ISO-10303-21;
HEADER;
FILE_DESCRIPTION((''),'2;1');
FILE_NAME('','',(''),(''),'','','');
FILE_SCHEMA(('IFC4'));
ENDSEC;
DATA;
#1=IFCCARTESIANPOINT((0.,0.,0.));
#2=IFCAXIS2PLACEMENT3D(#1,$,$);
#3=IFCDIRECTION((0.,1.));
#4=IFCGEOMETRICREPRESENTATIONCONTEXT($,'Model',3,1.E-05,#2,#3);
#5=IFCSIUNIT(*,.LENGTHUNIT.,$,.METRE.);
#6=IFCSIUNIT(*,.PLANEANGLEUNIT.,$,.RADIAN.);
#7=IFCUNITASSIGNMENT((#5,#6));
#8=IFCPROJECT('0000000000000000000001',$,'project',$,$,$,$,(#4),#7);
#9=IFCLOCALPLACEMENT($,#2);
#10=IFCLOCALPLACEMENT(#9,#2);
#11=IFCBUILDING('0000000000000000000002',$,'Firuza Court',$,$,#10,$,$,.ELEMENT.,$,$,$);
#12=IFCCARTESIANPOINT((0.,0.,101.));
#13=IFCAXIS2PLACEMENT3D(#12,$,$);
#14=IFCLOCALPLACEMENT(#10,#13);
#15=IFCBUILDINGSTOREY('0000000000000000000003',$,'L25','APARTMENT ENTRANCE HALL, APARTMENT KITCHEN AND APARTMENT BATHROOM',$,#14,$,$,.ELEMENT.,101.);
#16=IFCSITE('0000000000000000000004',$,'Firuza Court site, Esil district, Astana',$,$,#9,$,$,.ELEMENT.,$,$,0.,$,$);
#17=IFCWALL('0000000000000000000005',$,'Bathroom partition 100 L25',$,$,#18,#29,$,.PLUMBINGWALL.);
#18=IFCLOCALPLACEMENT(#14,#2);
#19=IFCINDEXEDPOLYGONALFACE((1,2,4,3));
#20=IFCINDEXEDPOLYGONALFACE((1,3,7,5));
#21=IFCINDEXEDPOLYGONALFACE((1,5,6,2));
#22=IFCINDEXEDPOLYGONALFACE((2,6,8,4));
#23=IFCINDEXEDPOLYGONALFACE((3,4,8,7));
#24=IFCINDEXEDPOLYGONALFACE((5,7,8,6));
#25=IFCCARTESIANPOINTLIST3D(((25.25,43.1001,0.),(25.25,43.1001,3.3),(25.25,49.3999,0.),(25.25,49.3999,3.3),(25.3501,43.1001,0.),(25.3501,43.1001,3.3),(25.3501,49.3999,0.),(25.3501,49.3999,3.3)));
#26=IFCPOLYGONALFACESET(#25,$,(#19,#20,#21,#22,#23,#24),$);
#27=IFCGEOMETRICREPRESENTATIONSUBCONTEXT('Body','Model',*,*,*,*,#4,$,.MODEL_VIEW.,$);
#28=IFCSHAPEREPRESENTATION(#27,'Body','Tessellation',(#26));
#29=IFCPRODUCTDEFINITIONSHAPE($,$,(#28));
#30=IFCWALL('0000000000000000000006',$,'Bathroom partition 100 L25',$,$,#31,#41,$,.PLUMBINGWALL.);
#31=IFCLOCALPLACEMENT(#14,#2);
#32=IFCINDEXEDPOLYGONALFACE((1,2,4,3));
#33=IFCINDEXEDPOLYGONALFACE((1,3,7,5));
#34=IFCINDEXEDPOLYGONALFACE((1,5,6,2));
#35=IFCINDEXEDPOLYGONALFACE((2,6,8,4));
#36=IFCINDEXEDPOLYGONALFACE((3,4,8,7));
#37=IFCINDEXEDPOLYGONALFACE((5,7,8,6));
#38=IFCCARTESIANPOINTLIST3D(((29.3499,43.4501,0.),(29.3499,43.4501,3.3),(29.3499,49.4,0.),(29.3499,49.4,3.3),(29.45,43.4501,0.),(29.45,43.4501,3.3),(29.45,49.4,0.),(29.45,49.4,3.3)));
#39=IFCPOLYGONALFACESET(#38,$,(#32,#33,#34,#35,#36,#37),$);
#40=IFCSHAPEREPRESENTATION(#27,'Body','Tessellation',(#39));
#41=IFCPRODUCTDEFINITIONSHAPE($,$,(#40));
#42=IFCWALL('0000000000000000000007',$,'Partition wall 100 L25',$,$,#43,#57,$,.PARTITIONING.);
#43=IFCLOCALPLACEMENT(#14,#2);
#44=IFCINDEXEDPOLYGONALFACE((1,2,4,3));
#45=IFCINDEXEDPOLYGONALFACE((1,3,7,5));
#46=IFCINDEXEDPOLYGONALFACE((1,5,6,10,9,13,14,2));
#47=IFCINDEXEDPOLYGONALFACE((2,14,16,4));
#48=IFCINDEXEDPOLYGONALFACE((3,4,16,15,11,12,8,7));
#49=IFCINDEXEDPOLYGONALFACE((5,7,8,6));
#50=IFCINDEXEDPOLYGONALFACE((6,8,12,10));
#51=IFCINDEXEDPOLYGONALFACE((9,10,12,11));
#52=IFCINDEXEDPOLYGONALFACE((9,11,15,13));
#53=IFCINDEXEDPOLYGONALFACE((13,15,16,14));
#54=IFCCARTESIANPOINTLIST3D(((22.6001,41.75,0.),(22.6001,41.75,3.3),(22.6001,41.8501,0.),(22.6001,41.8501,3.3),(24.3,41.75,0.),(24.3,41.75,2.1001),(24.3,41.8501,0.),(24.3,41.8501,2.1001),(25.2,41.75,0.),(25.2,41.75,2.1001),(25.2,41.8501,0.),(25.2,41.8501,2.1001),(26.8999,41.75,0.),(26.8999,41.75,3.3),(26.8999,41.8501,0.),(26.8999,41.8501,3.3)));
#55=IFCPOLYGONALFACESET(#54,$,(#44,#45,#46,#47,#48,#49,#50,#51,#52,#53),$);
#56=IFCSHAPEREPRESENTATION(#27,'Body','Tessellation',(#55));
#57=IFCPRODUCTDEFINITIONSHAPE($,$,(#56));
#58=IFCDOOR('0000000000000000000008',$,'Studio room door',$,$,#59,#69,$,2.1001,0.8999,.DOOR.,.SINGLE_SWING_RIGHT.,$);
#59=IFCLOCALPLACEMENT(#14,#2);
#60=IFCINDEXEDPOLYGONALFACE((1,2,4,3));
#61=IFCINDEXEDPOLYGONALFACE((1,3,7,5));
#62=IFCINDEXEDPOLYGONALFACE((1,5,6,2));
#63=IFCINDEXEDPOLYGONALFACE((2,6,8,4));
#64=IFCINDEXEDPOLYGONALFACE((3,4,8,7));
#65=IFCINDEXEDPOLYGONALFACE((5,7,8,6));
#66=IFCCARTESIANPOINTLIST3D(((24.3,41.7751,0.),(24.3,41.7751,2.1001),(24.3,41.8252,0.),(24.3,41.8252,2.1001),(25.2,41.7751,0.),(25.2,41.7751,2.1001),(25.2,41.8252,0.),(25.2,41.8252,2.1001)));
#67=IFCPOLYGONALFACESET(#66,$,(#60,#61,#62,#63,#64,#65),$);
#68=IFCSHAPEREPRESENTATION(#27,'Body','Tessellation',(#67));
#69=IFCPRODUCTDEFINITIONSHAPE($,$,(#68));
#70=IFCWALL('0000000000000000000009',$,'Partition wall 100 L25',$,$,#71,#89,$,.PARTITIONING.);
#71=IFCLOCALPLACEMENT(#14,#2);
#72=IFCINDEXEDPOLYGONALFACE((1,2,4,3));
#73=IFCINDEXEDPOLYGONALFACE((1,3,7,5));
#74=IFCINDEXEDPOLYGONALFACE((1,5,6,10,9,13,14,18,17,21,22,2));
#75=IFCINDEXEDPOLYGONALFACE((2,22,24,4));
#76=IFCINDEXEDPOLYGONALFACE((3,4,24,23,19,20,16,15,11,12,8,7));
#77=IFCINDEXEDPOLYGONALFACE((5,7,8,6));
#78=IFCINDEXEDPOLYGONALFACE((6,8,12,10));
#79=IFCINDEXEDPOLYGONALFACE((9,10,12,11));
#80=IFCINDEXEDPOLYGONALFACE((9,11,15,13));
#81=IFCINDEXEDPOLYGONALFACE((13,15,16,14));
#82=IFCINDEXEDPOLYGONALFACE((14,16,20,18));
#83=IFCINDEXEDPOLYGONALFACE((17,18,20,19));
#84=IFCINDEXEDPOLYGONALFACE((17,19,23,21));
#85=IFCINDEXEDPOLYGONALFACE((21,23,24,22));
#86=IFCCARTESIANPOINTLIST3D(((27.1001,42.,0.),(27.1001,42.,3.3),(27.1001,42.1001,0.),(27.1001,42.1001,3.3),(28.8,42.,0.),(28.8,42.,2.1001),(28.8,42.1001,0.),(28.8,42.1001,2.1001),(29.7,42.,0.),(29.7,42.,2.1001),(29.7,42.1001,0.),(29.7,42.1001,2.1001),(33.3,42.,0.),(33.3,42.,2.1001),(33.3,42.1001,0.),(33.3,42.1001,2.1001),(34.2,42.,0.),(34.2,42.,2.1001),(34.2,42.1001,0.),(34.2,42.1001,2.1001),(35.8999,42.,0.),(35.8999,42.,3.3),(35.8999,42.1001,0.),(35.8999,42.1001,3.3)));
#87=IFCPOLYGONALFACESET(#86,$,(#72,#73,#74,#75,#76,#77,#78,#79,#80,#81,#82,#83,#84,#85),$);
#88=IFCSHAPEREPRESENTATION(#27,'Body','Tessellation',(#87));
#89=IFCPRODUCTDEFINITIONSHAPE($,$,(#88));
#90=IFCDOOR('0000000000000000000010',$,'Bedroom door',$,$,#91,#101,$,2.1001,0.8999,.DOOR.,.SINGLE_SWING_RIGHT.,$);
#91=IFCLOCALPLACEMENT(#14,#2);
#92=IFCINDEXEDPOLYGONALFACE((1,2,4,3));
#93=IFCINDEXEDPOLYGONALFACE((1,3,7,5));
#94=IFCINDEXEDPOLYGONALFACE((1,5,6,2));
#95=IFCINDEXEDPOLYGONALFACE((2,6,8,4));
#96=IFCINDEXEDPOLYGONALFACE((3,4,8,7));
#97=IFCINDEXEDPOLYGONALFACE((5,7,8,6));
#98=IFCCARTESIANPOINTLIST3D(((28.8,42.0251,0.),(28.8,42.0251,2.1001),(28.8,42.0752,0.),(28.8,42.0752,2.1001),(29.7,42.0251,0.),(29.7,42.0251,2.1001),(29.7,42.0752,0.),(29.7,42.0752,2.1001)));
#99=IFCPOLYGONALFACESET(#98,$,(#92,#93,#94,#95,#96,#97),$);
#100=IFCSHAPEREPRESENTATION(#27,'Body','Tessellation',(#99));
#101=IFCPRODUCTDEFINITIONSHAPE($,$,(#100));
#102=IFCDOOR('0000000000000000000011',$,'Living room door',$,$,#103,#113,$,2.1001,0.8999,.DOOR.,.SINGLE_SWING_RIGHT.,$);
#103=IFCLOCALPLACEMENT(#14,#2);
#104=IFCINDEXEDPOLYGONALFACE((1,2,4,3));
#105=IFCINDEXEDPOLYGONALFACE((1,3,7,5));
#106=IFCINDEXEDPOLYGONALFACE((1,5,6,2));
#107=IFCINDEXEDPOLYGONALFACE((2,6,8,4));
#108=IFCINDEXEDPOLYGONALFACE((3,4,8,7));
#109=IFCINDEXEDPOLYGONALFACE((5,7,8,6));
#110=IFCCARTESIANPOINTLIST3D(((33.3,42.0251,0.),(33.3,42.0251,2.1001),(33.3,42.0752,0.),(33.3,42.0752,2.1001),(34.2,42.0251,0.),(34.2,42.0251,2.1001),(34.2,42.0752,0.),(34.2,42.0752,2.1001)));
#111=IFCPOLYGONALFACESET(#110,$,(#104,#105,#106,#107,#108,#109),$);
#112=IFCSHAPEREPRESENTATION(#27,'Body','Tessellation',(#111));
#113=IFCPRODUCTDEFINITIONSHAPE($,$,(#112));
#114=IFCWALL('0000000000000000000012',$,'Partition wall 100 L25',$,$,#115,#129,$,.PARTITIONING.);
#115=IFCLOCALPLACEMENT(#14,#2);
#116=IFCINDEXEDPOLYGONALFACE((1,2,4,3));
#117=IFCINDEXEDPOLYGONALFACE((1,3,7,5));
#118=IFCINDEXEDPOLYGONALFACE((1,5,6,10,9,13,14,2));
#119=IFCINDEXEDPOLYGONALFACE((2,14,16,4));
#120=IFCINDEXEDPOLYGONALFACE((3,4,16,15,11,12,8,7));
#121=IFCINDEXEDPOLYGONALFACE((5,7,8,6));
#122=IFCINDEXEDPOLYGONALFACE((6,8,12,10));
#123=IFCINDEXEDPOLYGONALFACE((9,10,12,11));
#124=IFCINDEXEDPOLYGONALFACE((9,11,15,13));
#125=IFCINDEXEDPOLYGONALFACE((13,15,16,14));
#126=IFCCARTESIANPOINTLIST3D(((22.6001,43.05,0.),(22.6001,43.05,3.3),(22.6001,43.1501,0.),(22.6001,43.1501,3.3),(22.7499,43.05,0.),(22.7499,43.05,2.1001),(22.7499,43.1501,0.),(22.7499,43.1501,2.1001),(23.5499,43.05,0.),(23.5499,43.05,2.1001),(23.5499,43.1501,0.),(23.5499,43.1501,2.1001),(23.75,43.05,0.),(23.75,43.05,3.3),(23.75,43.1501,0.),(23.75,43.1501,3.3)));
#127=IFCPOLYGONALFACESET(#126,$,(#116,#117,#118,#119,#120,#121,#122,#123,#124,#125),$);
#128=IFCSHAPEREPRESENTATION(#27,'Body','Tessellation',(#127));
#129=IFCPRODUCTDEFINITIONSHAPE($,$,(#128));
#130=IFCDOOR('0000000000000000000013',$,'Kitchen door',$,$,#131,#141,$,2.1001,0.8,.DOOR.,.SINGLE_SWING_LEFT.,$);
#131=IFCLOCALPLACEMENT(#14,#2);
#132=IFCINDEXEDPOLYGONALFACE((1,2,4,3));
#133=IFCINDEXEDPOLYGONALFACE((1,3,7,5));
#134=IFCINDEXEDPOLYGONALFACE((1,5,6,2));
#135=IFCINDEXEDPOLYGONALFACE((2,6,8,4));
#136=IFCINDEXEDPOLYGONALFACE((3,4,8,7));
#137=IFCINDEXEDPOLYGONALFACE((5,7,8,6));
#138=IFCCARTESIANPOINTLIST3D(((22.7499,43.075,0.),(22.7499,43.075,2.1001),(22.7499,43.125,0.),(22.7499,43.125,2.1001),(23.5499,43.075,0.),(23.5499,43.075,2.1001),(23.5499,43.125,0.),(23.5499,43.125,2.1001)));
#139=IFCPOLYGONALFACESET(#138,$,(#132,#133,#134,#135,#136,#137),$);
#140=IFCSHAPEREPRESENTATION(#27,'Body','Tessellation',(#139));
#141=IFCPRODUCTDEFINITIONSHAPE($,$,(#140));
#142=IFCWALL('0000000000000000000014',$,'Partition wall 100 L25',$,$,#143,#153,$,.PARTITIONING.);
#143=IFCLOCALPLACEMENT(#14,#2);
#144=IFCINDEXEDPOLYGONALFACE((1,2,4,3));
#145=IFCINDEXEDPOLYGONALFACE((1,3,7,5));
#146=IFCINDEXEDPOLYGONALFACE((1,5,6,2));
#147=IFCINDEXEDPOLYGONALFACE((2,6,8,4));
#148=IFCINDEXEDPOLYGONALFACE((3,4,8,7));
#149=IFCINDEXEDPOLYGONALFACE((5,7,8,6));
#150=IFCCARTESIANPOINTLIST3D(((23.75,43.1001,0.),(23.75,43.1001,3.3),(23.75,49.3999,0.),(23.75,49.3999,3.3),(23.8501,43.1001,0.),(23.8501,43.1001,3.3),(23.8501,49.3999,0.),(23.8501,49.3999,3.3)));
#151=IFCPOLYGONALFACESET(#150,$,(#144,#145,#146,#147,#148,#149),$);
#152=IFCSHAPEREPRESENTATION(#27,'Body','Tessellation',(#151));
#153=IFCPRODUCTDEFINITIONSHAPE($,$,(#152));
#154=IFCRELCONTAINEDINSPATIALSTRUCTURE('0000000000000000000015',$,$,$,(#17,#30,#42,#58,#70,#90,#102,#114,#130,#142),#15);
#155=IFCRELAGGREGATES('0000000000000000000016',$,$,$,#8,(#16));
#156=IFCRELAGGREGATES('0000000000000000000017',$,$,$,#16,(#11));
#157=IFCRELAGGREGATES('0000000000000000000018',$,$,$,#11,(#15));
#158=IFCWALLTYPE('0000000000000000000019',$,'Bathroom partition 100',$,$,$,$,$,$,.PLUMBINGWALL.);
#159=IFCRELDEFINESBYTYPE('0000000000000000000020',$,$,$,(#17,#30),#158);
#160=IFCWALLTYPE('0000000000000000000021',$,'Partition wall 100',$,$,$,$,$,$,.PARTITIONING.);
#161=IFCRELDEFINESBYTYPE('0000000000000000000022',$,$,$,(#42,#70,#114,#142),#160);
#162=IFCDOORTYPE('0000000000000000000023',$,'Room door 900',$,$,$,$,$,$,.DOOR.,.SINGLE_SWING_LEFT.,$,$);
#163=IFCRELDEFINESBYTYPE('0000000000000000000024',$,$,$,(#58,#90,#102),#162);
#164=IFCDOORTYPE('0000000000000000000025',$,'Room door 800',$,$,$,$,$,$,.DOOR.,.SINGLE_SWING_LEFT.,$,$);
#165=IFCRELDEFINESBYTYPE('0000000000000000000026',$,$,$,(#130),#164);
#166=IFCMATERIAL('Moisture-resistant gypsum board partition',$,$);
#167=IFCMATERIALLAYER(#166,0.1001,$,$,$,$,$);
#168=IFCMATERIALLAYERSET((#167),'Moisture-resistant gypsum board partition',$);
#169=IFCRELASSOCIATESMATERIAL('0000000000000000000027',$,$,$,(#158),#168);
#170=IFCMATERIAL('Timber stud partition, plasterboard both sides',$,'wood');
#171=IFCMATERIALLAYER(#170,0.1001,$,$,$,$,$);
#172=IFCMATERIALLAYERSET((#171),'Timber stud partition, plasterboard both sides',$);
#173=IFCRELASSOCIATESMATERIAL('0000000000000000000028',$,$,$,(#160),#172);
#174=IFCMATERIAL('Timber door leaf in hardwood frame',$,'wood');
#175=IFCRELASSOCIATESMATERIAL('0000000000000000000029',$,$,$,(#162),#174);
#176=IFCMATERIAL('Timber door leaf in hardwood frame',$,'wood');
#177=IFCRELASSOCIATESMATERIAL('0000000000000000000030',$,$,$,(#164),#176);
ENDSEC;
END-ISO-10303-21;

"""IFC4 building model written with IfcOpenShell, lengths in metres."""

from ifc_helpers import new_model, si_unit, direction, frame, frame_2d, origin, place, context, subcontext, project, spatial, rectangle, extrude, material, layer, layer_set, type_object, element, fill, save


model = new_model("IFC4")

# Units and contexts
model_context = context("Model", 3, precision=1e-05, world=origin(), true_north=direction((0.0, 1.0)))
body_context = subcontext(model_context, "Body", "Model", "MODEL_VIEW")
ifc_project = project(units=[si_unit("LENGTHUNIT", "METRE"), si_unit("PLANEANGLEUNIT", "RADIAN")], contexts=[model_context])

# Site, building, storey
site_placement = place(None, origin())
site = spatial("IfcSite", under=ifc_project, at=site_placement, Name="Firuza Court site, Esil district, Astana", CompositionType="ELEMENT", RefElevation=0.0)
building_placement = place(site_placement, origin())
building = spatial("IfcBuilding", under=site, at=building_placement, Name="Firuza Court", CompositionType="ELEMENT")
storey_placement = place(building_placement, frame((0.0, 0.0, 101.0)))
storey = spatial("IfcBuildingStorey", under=building, at=storey_placement, Name="L25", Description="APARTMENT ENTRANCE HALL, APARTMENT KITCHEN AND APARTMENT BATHROOM", CompositionType="ELEMENT", Elevation=101.0)

# Walls
ifc_material_1 = material(Name="Moisture-resistant gypsum board partition")
ifc_layer_1 = layer(ifc_material_1, 0.1001)
ifc_layer_set_1 = layer_set([ifc_layer_1], Name="Moisture-resistant gypsum board partition")
wall_type_1 = type_object("IfcWallType", Name="Bathroom partition 100", PredefinedType="PLUMBINGWALL", material=ifc_layer_set_1)
wall_1_placement = place(storey_placement, frame((25.3, 43.1001, 0.0), z_axis=(0.0, 0.0, 1.0), x_axis=(0.0, 1.0, 0.0)))
element("IfcWall", 1, at=wall_1_placement, inside=storey, type_object=wall_type_1, Name="Bathroom partition 100 L25", PredefinedType="PLUMBINGWALL", context=body_context, shape_type="SweptSolid", body=[
    extrude(rectangle(XDim=6.2998, YDim=0.1001, at=frame_2d((3.1499, 0.0))), origin(), (0.0, 0.0, 1.0), 3.3),
])
wall_2_placement = place(storey_placement, frame((29.3999, 43.45, 0.0), z_axis=(0.0, 0.0, 1.0), x_axis=(0.0, 1.0, 0.0)))
element("IfcWall", 2, at=wall_2_placement, inside=storey, type_object=wall_type_1, Name="Bathroom partition 100 L25", PredefinedType="PLUMBINGWALL", context=body_context, shape_type="SweptSolid", body=[
    extrude(rectangle(XDim=5.95, YDim=0.1001, at=frame_2d((2.9751, 0.0))), origin(), (0.0, 0.0, 1.0), 3.3),
])

# Wall, opening, door
ifc_material_2 = material(Name="Timber stud partition, plasterboard both sides", Category="wood")
ifc_layer_2 = layer(ifc_material_2, 0.1001)
ifc_layer_set_2 = layer_set([ifc_layer_2], Name="Timber stud partition, plasterboard both sides")
wall_type_2 = type_object("IfcWallType", Name="Partition wall 100", PredefinedType="PARTITIONING", material=ifc_layer_set_2)
wall_3_placement = place(storey_placement, frame((22.6001, 41.8, 0.0), z_axis=(0.0, 0.0, 1.0), x_axis=(1.0, 0.0, 0.0)))
wall_3 = element("IfcWall", 3, at=wall_3_placement, inside=storey, type_object=wall_type_2, Name="Partition wall 100 L25", PredefinedType="PARTITIONING", context=body_context, shape_type="SweptSolid", body=[
    extrude(rectangle(XDim=4.2998, YDim=0.1001, at=frame_2d((2.1499, 0.0))), origin(), (0.0, 0.0, 1.0), 3.3),
])
opening_1_placement = place(wall_3_placement, frame((1.7, 0.0, 0.0)))
opening_1 = element("IfcOpeningElement", 4, at=opening_1_placement, cuts=wall_3, PredefinedType="OPENING", context=body_context, shape_type="SweptSolid", body=[
    extrude(rectangle(XDim=0.8999, YDim=2.1001, at=frame_2d((0.45, 1.05))), frame((0.0, 0.062, 0.0), z_axis=(0.0, -1.0, 0.0), x_axis=(1.0, 0.0, 0.0)), (0.0, 0.0, 1.0), 0.124),
])
ifc_material_3 = material(Name="Timber door leaf in hardwood frame", Category="wood")
door_type_1 = type_object("IfcDoorType", Name="Room door 900", OperationType="SINGLE_SWING_LEFT", PredefinedType="DOOR", material=ifc_material_3)
door_1_placement = place(opening_1_placement, frame((0.8999, 0.0, 0.0), z_axis=(0.0, 0.0, 1.0), x_axis=(-1.0, 0.0, 0.0)))
door_1 = element("IfcDoor", 5, at=door_1_placement, inside=storey, type_object=door_type_1, Name="Studio room door", OperationType="SINGLE_SWING_RIGHT", OverallHeight=2.1001, OverallWidth=0.8999, PredefinedType="DOOR", context=body_context, shape_type="SweptSolid", body=[
    extrude(rectangle(XDim=0.8999, YDim=2.1001, at=frame_2d((0.45, 1.05))), frame((0.0, 0.0249, 0.0), z_axis=(0.0, -1.0, 0.0), x_axis=(1.0, 0.0, 0.0)), (0.0, 0.0, 1.0), 0.05),
])
fill(opening_1, door_1)

# Wall, openings, doors
wall_4_placement = place(storey_placement, frame((27.1001, 42.05, 0.0), z_axis=(0.0, 0.0, 1.0), x_axis=(1.0, 0.0, 0.0)))
wall_4 = element("IfcWall", 6, at=wall_4_placement, inside=storey, type_object=wall_type_2, Name="Partition wall 100 L25", PredefinedType="PARTITIONING", context=body_context, shape_type="SweptSolid", body=[
    extrude(rectangle(XDim=8.7998, YDim=0.1001, at=frame_2d((4.3999, 0.0))), origin(), (0.0, 0.0, 1.0), 3.3),
])
opening_2_placement = place(wall_4_placement, frame((1.7, 0.0, 0.0)))
opening_2 = element("IfcOpeningElement", 7, at=opening_2_placement, cuts=wall_4, PredefinedType="OPENING", context=body_context, shape_type="SweptSolid", body=[
    extrude(rectangle(XDim=0.8999, YDim=2.1001, at=frame_2d((0.45, 1.05))), frame((0.0, 0.062, 0.0), z_axis=(0.0, -1.0, 0.0), x_axis=(1.0, 0.0, 0.0)), (0.0, 0.0, 1.0), 0.124),
])
opening_3_placement = place(wall_4_placement, frame((6.2, 0.0, 0.0)))
opening_3 = element("IfcOpeningElement", 8, at=opening_3_placement, cuts=wall_4, PredefinedType="OPENING", context=body_context, shape_type="SweptSolid", body=[
    extrude(rectangle(XDim=0.8999, YDim=2.1001, at=frame_2d((0.45, 1.05))), frame((0.0, 0.062, 0.0), z_axis=(0.0, -1.0, 0.0), x_axis=(1.0, 0.0, 0.0)), (0.0, 0.0, 1.0), 0.124),
])
door_2_placement = place(opening_2_placement, frame((0.8999, 0.0, 0.0), z_axis=(0.0, 0.0, 1.0), x_axis=(-1.0, 0.0, 0.0)))
door_2 = element("IfcDoor", 9, at=door_2_placement, inside=storey, type_object=door_type_1, Name="Bedroom door", OperationType="SINGLE_SWING_RIGHT", OverallHeight=2.1001, OverallWidth=0.8999, PredefinedType="DOOR", context=body_context, shape_type="SweptSolid", body=[
    extrude(rectangle(XDim=0.8999, YDim=2.1001, at=frame_2d((0.45, 1.05))), frame((0.0, 0.0249, 0.0), z_axis=(0.0, -1.0, 0.0), x_axis=(1.0, 0.0, 0.0)), (0.0, 0.0, 1.0), 0.05),
])
fill(opening_2, door_2)
door_3_placement = place(opening_3_placement, frame((0.8999, 0.0, 0.0), z_axis=(0.0, 0.0, 1.0), x_axis=(-1.0, 0.0, 0.0)))
door_3 = element("IfcDoor", 10, at=door_3_placement, inside=storey, type_object=door_type_1, Name="Living room door", OperationType="SINGLE_SWING_RIGHT", OverallHeight=2.1001, OverallWidth=0.8999, PredefinedType="DOOR", context=body_context, shape_type="SweptSolid", body=[
    extrude(rectangle(XDim=0.8999, YDim=2.1001, at=frame_2d((0.45, 1.05))), frame((0.0, 0.0249, 0.0), z_axis=(0.0, -1.0, 0.0), x_axis=(1.0, 0.0, 0.0)), (0.0, 0.0, 1.0), 0.05),
])
fill(opening_3, door_3)

# Wall, opening, door
wall_5_placement = place(storey_placement, frame((22.6001, 43.1001, 0.0), z_axis=(0.0, 0.0, 1.0), x_axis=(1.0, 0.0, 0.0)))
wall_5 = element("IfcWall", 11, at=wall_5_placement, inside=storey, type_object=wall_type_2, Name="Partition wall 100 L25", PredefinedType="PARTITIONING", context=body_context, shape_type="SweptSolid", body=[
    extrude(rectangle(XDim=1.1499, YDim=0.1001, at=frame_2d((0.575, 0.0))), origin(), (0.0, 0.0, 1.0), 3.3),
])
opening_4_placement = place(wall_5_placement, frame((0.1499, 0.0, 0.0)))
opening_4 = element("IfcOpeningElement", 12, at=opening_4_placement, cuts=wall_5, PredefinedType="OPENING", context=body_context, shape_type="SweptSolid", body=[
    extrude(rectangle(XDim=0.8, YDim=2.1001, at=frame_2d((0.3999, 1.05))), frame((0.0, 0.062, 0.0), z_axis=(0.0, -1.0, 0.0), x_axis=(1.0, 0.0, 0.0)), (0.0, 0.0, 1.0), 0.124),
])
ifc_material_4 = material(Name="Timber door leaf in hardwood frame", Category="wood")
door_type_2 = type_object("IfcDoorType", Name="Room door 800", OperationType="SINGLE_SWING_LEFT", PredefinedType="DOOR", material=ifc_material_4)
door_4_placement = place(opening_4_placement, origin())
door_4 = element("IfcDoor", 13, at=door_4_placement, inside=storey, type_object=door_type_2, Name="Kitchen door", OperationType="SINGLE_SWING_LEFT", OverallHeight=2.1001, OverallWidth=0.8, PredefinedType="DOOR", context=body_context, shape_type="SweptSolid", body=[
    extrude(rectangle(XDim=0.8, YDim=2.1001, at=frame_2d((0.3999, 1.05))), frame((0.0, 0.0249, 0.0), z_axis=(0.0, -1.0, 0.0), x_axis=(1.0, 0.0, 0.0)), (0.0, 0.0, 1.0), 0.05),
])
fill(opening_4, door_4)

# Wall
wall_6_placement = place(storey_placement, frame((23.8, 43.1001, 0.0), z_axis=(0.0, 0.0, 1.0), x_axis=(0.0, 1.0, 0.0)))
element("IfcWall", 14, at=wall_6_placement, inside=storey, type_object=wall_type_2, Name="Partition wall 100 L25", PredefinedType="PARTITIONING", context=body_context, shape_type="SweptSolid", body=[
    extrude(rectangle(XDim=6.2998, YDim=0.1001, at=frame_2d((3.1499, 0.0))), origin(), (0.0, 0.0, 1.0), 3.3),
])

save(model, "model.ifc")
